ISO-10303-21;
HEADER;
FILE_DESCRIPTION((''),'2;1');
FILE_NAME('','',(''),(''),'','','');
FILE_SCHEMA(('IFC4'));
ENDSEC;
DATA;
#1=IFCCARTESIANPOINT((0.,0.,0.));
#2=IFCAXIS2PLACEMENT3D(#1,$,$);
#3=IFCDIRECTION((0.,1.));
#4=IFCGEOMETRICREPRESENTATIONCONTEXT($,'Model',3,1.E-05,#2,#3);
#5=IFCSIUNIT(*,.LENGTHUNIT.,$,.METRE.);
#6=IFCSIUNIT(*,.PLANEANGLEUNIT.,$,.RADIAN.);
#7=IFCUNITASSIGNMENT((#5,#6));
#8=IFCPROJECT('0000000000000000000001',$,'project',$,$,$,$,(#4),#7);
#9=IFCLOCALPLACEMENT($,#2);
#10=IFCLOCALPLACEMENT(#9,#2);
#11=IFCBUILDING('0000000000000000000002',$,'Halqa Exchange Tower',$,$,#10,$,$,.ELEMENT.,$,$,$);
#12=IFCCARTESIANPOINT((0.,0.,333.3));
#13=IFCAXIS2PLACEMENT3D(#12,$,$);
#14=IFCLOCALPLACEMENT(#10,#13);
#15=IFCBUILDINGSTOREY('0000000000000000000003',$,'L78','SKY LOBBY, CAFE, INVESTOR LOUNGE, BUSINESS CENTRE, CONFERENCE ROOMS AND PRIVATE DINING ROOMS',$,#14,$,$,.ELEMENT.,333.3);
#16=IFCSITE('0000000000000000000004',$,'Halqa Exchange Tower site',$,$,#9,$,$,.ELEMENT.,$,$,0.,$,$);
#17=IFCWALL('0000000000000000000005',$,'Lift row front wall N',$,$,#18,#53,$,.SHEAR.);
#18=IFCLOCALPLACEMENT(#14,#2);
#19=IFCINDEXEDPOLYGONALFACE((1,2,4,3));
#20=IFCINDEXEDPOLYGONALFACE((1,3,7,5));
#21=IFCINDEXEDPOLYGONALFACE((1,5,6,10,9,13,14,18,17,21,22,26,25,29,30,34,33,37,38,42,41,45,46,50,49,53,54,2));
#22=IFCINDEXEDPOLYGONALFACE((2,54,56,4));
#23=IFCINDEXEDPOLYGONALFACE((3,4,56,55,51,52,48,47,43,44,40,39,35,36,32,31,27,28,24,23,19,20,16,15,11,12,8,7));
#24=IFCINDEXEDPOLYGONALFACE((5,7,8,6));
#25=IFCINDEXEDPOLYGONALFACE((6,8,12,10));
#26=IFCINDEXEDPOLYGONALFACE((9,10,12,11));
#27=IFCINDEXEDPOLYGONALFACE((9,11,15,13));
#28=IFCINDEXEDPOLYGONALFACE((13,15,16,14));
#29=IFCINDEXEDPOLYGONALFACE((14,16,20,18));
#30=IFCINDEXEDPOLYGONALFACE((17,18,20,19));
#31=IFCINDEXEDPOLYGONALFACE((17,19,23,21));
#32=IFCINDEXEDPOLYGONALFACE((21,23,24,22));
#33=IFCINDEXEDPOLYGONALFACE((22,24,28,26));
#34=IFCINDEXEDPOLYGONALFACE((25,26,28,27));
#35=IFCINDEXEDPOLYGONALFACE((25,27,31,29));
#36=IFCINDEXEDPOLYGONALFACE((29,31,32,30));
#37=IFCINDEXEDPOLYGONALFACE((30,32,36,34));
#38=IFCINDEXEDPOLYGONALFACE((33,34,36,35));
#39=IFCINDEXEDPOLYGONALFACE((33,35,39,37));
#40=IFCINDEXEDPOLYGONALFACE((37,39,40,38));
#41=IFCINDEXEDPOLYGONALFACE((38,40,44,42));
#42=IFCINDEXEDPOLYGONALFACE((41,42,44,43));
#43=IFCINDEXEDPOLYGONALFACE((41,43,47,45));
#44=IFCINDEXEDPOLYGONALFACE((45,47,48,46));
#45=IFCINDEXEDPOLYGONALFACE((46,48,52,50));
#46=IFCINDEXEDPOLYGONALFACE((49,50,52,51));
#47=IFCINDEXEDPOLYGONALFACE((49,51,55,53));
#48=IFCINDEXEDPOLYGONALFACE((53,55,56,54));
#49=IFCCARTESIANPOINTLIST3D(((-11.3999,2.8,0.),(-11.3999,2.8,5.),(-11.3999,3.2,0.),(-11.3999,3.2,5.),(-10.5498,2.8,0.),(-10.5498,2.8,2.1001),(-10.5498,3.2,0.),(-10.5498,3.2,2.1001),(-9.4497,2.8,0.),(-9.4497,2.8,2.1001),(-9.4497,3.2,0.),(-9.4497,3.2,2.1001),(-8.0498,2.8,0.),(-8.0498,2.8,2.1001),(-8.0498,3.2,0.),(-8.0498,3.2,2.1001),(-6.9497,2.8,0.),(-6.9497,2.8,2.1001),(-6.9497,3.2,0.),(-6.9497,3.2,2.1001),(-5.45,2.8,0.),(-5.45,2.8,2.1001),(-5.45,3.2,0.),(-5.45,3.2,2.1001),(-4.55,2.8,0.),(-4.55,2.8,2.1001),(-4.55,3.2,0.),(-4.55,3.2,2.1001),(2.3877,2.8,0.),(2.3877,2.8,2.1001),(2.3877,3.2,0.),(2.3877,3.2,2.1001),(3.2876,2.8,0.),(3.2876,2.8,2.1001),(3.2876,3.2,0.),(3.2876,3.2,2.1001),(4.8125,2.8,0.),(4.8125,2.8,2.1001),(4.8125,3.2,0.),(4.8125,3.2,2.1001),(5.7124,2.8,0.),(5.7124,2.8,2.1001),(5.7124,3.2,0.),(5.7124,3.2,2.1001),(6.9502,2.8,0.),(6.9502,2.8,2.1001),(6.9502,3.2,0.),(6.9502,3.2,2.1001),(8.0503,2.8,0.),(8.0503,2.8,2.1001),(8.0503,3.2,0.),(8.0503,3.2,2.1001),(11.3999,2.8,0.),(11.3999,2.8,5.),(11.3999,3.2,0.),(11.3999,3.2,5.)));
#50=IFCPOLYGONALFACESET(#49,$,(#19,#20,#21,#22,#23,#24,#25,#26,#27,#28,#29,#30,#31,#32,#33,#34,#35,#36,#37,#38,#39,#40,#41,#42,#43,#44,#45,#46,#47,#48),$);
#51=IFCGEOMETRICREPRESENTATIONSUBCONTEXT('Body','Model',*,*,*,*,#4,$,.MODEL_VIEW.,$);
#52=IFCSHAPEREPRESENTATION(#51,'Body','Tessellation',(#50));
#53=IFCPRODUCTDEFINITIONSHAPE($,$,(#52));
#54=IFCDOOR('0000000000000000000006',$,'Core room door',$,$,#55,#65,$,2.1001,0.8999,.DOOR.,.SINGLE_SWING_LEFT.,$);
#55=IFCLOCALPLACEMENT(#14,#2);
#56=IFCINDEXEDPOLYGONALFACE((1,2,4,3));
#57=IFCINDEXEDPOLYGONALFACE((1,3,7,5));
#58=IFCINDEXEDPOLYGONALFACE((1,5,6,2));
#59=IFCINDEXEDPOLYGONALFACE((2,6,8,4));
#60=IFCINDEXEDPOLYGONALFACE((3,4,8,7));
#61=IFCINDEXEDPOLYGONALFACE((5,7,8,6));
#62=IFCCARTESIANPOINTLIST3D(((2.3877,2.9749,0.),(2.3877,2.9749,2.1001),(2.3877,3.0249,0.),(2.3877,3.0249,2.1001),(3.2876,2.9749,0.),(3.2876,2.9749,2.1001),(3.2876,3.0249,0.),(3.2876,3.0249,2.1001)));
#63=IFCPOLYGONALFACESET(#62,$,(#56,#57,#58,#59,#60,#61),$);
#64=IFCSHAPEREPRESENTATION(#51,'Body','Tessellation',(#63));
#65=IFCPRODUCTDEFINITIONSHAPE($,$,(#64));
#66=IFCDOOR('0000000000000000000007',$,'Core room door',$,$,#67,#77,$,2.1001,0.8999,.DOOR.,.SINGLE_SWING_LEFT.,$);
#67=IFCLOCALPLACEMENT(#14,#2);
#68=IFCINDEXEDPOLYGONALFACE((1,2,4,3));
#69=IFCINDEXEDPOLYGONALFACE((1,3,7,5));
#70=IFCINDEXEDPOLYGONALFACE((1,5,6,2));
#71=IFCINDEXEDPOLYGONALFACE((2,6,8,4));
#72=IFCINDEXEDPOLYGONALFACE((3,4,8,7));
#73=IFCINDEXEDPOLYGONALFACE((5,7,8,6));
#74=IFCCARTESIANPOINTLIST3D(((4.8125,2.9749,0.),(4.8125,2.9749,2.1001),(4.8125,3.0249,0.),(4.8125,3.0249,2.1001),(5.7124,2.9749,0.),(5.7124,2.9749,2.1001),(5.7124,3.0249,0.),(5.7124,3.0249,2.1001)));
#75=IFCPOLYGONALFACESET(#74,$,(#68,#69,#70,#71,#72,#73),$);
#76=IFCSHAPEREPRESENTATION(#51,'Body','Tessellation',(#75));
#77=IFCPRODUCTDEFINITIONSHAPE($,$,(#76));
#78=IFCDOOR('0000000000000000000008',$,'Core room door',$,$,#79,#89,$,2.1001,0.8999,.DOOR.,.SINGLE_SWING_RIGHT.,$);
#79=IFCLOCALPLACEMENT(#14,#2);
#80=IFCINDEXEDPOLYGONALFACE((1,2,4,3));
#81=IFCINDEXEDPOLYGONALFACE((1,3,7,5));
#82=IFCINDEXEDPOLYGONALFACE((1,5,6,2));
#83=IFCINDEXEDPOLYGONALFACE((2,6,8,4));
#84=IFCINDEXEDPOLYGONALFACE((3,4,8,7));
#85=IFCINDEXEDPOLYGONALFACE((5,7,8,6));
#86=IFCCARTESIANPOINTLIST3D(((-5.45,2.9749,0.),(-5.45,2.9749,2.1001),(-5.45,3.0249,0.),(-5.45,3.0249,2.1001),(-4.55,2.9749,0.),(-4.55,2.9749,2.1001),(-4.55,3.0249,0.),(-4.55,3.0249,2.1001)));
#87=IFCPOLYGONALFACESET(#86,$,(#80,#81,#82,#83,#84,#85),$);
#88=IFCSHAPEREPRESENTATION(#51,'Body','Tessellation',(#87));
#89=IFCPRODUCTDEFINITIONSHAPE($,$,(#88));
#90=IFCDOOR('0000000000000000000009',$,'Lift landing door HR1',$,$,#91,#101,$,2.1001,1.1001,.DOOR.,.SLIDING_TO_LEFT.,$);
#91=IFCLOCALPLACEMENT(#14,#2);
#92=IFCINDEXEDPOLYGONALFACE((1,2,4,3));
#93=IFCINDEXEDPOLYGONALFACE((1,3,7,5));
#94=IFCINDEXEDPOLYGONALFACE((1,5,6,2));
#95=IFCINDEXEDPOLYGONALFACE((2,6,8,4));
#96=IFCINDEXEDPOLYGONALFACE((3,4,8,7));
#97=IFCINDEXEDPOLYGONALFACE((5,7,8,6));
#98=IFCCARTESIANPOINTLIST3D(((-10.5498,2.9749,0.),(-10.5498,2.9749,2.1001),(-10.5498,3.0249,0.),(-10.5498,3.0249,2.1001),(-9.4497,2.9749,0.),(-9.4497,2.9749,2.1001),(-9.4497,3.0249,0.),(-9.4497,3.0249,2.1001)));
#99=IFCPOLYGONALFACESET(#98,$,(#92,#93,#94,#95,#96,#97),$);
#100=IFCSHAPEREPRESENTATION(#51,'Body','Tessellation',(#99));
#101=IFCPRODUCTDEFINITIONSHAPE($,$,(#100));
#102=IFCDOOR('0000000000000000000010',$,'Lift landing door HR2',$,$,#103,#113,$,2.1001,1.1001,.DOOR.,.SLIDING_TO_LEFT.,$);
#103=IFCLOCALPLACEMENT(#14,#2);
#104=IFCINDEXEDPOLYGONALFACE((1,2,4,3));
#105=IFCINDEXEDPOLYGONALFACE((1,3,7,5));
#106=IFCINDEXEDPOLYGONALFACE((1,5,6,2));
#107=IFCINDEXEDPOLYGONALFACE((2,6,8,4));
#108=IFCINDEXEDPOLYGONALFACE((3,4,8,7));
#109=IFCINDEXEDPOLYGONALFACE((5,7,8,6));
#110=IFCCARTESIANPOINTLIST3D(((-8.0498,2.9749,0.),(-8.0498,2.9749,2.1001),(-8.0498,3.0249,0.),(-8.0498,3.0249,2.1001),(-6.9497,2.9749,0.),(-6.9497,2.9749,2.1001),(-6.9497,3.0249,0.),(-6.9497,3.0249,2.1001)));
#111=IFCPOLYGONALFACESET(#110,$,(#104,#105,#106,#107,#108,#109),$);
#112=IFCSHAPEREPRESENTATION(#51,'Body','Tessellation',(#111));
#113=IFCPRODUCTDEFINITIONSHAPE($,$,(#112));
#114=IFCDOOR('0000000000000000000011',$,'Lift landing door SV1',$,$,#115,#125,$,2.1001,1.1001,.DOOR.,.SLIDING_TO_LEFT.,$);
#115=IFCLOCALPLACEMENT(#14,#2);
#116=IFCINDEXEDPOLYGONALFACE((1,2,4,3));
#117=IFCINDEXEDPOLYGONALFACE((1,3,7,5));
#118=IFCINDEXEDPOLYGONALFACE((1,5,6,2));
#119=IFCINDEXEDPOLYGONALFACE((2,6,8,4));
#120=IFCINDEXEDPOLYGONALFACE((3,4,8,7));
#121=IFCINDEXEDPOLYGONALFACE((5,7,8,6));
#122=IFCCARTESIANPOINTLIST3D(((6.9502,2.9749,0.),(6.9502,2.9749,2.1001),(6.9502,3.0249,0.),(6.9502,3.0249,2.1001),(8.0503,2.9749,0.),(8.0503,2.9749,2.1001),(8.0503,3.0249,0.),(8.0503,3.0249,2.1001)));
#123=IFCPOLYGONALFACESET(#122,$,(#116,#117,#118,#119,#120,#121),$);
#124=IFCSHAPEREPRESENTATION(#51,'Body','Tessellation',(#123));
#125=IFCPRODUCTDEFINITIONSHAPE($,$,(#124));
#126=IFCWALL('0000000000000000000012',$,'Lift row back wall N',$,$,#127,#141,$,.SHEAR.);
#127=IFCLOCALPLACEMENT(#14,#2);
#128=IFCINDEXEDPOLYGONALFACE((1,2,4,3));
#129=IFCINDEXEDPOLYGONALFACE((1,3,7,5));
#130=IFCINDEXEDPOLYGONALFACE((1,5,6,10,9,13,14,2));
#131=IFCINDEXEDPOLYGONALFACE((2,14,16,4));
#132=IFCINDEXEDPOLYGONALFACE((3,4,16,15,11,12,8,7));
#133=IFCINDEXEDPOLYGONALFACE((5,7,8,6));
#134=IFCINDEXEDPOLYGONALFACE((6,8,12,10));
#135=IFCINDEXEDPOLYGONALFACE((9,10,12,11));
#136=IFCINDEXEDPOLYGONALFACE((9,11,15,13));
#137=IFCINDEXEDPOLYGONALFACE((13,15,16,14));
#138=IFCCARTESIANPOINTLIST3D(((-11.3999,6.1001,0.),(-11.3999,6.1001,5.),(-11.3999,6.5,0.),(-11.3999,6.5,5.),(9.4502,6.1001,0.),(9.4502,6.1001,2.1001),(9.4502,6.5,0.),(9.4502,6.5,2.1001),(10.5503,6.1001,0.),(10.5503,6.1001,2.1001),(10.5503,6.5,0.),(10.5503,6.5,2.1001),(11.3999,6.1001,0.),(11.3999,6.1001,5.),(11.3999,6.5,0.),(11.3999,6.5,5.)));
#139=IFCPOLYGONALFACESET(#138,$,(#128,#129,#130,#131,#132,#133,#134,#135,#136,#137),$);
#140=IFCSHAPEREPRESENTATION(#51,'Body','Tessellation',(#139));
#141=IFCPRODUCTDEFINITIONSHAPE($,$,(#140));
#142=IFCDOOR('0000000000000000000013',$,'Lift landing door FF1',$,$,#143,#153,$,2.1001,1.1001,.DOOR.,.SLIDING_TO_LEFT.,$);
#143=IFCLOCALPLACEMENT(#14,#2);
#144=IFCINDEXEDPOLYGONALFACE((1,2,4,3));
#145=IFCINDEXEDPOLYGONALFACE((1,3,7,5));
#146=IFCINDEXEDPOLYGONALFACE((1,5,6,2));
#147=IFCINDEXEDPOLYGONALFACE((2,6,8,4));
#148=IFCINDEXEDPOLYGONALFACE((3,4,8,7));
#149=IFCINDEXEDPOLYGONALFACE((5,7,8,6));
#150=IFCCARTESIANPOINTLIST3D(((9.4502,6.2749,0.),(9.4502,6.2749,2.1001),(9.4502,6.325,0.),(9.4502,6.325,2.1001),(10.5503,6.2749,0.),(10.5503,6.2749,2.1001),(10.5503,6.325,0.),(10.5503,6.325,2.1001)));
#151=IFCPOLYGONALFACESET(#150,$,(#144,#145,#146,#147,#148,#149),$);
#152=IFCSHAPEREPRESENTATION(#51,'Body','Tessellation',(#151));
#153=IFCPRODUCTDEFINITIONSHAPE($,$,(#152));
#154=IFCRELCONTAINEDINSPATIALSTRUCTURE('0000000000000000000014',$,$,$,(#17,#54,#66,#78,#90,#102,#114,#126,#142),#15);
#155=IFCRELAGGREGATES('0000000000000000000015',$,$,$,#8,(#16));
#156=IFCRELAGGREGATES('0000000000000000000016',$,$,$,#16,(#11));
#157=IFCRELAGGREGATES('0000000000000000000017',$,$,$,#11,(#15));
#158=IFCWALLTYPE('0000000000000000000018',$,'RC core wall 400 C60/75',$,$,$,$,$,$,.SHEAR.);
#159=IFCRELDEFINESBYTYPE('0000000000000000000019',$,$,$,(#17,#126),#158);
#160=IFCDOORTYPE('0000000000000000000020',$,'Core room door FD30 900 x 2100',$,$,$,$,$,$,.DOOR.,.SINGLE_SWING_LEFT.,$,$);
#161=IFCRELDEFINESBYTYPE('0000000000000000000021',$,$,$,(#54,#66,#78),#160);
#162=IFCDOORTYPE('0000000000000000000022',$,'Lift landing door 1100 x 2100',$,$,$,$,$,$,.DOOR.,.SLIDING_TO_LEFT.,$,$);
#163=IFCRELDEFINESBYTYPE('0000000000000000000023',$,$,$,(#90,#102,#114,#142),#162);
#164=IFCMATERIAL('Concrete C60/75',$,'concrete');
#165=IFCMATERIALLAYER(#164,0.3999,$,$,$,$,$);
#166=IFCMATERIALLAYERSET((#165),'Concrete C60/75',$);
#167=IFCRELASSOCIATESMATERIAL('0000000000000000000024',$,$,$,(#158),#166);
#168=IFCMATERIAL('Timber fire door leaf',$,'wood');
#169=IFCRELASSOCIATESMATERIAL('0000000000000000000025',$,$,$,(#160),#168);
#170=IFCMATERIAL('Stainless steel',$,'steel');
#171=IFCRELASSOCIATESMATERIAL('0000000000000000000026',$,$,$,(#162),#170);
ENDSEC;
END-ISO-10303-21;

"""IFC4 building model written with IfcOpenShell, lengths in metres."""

from ifc_helpers import new_model, si_unit, direction, frame, frame_2d, origin, place, context, subcontext, project, spatial, rectangle, extrude, material, layer, layer_set, type_object, element, fill, save


model = new_model("IFC4")

# Units and contexts
model_context = context("Model", 3, precision=1e-05, world=origin(), true_north=direction((0.0, 1.0)))
body_context = subcontext(model_context, "Body", "Model", "MODEL_VIEW")
ifc_project = project(units=[si_unit("LENGTHUNIT", "METRE"), si_unit("PLANEANGLEUNIT", "RADIAN")], contexts=[model_context])

# Site, building, storey
site_placement = place(None, origin())
site = spatial("IfcSite", under=ifc_project, at=site_placement, Name="Halqa Exchange Tower site", CompositionType="ELEMENT", RefElevation=0.0)
building_placement = place(site_placement, origin())
building = spatial("IfcBuilding", under=site, at=building_placement, Name="Halqa Exchange Tower", CompositionType="ELEMENT")
storey_placement = place(building_placement, frame((0.0, 0.0, 333.3)))
storey = spatial("IfcBuildingStorey", under=building, at=storey_placement, Name="L78", Description="SKY LOBBY, CAFE, INVESTOR LOUNGE, BUSINESS CENTRE, CONFERENCE ROOMS AND PRIVATE DINING ROOMS", CompositionType="ELEMENT", Elevation=333.3)

# Shared definitions
ifc_material_1 = material(Name="Concrete C60/75", Category="concrete")

# Wall, openings, doors
ifc_layer_1 = layer(ifc_material_1, 0.3999)
ifc_layer_set_1 = layer_set([ifc_layer_1], Name="Concrete C60/75")
wall_type_1 = type_object("IfcWallType", Name="RC core wall 400 C60/75", PredefinedType="SHEAR", material=ifc_layer_set_1)
wall_1_placement = place(storey_placement, frame((-11.3999, 3.0, 0.0), z_axis=(0.0, 0.0, 1.0), x_axis=(1.0, 0.0, 0.0)))
wall_1 = element("IfcWall", 1, at=wall_1_placement, inside=storey, type_object=wall_type_1, Name="Lift row front wall N", PredefinedType="SHEAR", context=body_context, shape_type="SweptSolid", body=[
    extrude(rectangle(XDim=22.7998, YDim=0.3999, at=frame_2d((11.3999, 0.0))), origin(), (0.0, 0.0, 1.0), 5.0),
])
opening_1_placement = place(wall_1_placement, frame((0.8501, 0.0, 0.0)))
opening_1 = element("IfcOpeningElement", 2, at=opening_1_placement, cuts=wall_1, PredefinedType="OPENING", context=body_context, shape_type="SweptSolid", body=[
    extrude(rectangle(XDim=1.1001, YDim=2.1001, at=frame_2d((0.55, 1.05))), frame((0.0, 0.2119, 0.0), z_axis=(0.0, -1.0, 0.0), x_axis=(1.0, 0.0, 0.0)), (0.0, 0.0, 1.0), 0.4238),
])
opening_2_placement = place(wall_1_placement, frame((3.3501, 0.0, 0.0)))
opening_2 = element("IfcOpeningElement", 3, at=opening_2_placement, cuts=wall_1, PredefinedType="OPENING", context=body_context, shape_type="SweptSolid", body=[
    extrude(rectangle(XDim=1.1001, YDim=2.1001, at=frame_2d((0.55, 1.05))), frame((0.0, 0.2119, 0.0), z_axis=(0.0, -1.0, 0.0), x_axis=(1.0, 0.0, 0.0)), (0.0, 0.0, 1.0), 0.4238),
])
opening_3_placement = place(wall_1_placement, frame((18.3501, 0.0, 0.0)))
opening_3 = element("IfcOpeningElement", 4, at=opening_3_placement, cuts=wall_1, PredefinedType="OPENING", context=body_context, shape_type="SweptSolid", body=[
    extrude(rectangle(XDim=1.1001, YDim=2.1001, at=frame_2d((0.55, 1.05))), frame((0.0, 0.2119, 0.0), z_axis=(0.0, -1.0, 0.0), x_axis=(1.0, 0.0, 0.0)), (0.0, 0.0, 1.0), 0.4238),
])
opening_4_placement = place(wall_1_placement, frame((13.7876, 0.0, 0.0)))
opening_4 = element("IfcOpeningElement", 5, at=opening_4_placement, cuts=wall_1, PredefinedType="OPENING", context=body_context, shape_type="SweptSolid", body=[
    extrude(rectangle(XDim=0.8999, YDim=2.1001, at=frame_2d((0.45, 1.05))), frame((0.0, 0.2119, 0.0), z_axis=(0.0, -1.0, 0.0), x_axis=(1.0, 0.0, 0.0)), (0.0, 0.0, 1.0), 0.4238),
])
opening_5_placement = place(wall_1_placement, frame((16.2124, 0.0, 0.0)))
opening_5 = element("IfcOpeningElement", 6, at=opening_5_placement, cuts=wall_1, PredefinedType="OPENING", context=body_context, shape_type="SweptSolid", body=[
    extrude(rectangle(XDim=0.8999, YDim=2.1001, at=frame_2d((0.45, 1.05))), frame((0.0, 0.2119, 0.0), z_axis=(0.0, -1.0, 0.0), x_axis=(1.0, 0.0, 0.0)), (0.0, 0.0, 1.0), 0.4238),
])
opening_6_placement = place(wall_1_placement, frame((5.95, 0.0, 0.0)))
opening_6 = element("IfcOpeningElement", 7, at=opening_6_placement, cuts=wall_1, PredefinedType="OPENING", context=body_context, shape_type="SweptSolid", body=[
    extrude(rectangle(XDim=0.8999, YDim=2.1001, at=frame_2d((0.45, 1.05))), frame((0.0, 0.2119, 0.0), z_axis=(0.0, -1.0, 0.0), x_axis=(1.0, 0.0, 0.0)), (0.0, 0.0, 1.0), 0.4238),
])
ifc_material_2 = material(Name="Timber fire door leaf", Category="wood")
door_type_1 = type_object("IfcDoorType", Name="Core room door FD30 900 x 2100", OperationType="SINGLE_SWING_LEFT", PredefinedType="DOOR", material=ifc_material_2)
door_1_placement = place(opening_4_placement, origin())
door_1 = element("IfcDoor", 8, at=door_1_placement, inside=storey, type_object=door_type_1, Name="Core room door", OperationType="SINGLE_SWING_LEFT", OverallHeight=2.1001, OverallWidth=0.8999, PredefinedType="DOOR", context=body_context, shape_type="SweptSolid", body=[
    extrude(rectangle(XDim=0.8999, YDim=2.1001, at=frame_2d((0.45, 1.05))), frame((0.0, 0.0249, 0.0), z_axis=(0.0, -1.0, 0.0), x_axis=(1.0, 0.0, 0.0)), (0.0, 0.0, 1.0), 0.05),
])
fill(opening_4, door_1)
door_2_placement = place(opening_5_placement, origin())
door_2 = element("IfcDoor", 9, at=door_2_placement, inside=storey, type_object=door_type_1, Name="Core room door", OperationType="SINGLE_SWING_LEFT", OverallHeight=2.1001, OverallWidth=0.8999, PredefinedType="DOOR", context=body_context, shape_type="SweptSolid", body=[
    extrude(rectangle(XDim=0.8999, YDim=2.1001, at=frame_2d((0.45, 1.05))), frame((0.0, 0.0249, 0.0), z_axis=(0.0, -1.0, 0.0), x_axis=(1.0, 0.0, 0.0)), (0.0, 0.0, 1.0), 0.05),
])
fill(opening_5, door_2)
door_3_placement = place(opening_6_placement, origin())
door_3 = element("IfcDoor", 10, at=door_3_placement, inside=storey, type_object=door_type_1, Name="Core room door", OperationType="SINGLE_SWING_RIGHT", OverallHeight=2.1001, OverallWidth=0.8999, PredefinedType="DOOR", context=body_context, shape_type="SweptSolid", body=[
    extrude(rectangle(XDim=0.8999, YDim=2.1001, at=frame_2d((0.45, 1.05))), frame((0.0, 0.0249, 0.0), z_axis=(0.0, -1.0, 0.0), x_axis=(1.0, 0.0, 0.0)), (0.0, 0.0, 1.0), 0.05),
])
fill(opening_6, door_3)
ifc_material_3 = material(Name="Stainless steel", Category="steel")
door_type_2 = type_object("IfcDoorType", Name="Lift landing door 1100 x 2100", OperationType="SLIDING_TO_LEFT", PredefinedType="DOOR", material=ifc_material_3)
door_4_placement = place(opening_1_placement, origin())
door_4 = element("IfcDoor", 11, at=door_4_placement, inside=storey, type_object=door_type_2, Name="Lift landing door HR1", OperationType="SLIDING_TO_LEFT", OverallHeight=2.1001, OverallWidth=1.1001, PredefinedType="DOOR", context=body_context, shape_type="SweptSolid", body=[
    extrude(rectangle(XDim=1.1001, YDim=2.1001, at=frame_2d((0.55, 1.05))), frame((0.0, 0.0249, 0.0), z_axis=(0.0, -1.0, 0.0), x_axis=(1.0, 0.0, 0.0)), (0.0, 0.0, 1.0), 0.05),
])
fill(opening_1, door_4)
door_5_placement = place(opening_2_placement, origin())
door_5 = element("IfcDoor", 12, at=door_5_placement, inside=storey, type_object=door_type_2, Name="Lift landing door HR2", OperationType="SLIDING_TO_LEFT", OverallHeight=2.1001, OverallWidth=1.1001, PredefinedType="DOOR", context=body_context, shape_type="SweptSolid", body=[
    extrude(rectangle(XDim=1.1001, YDim=2.1001, at=frame_2d((0.55, 1.05))), frame((0.0, 0.0249, 0.0), z_axis=(0.0, -1.0, 0.0), x_axis=(1.0, 0.0, 0.0)), (0.0, 0.0, 1.0), 0.05),
])
fill(opening_2, door_5)
door_6_placement = place(opening_3_placement, origin())
door_6 = element("IfcDoor", 13, at=door_6_placement, inside=storey, type_object=door_type_2, Name="Lift landing door SV1", OperationType="SLIDING_TO_LEFT", OverallHeight=2.1001, OverallWidth=1.1001, PredefinedType="DOOR", context=body_context, shape_type="SweptSolid", body=[
    extrude(rectangle(XDim=1.1001, YDim=2.1001, at=frame_2d((0.55, 1.05))), frame((0.0, 0.0249, 0.0), z_axis=(0.0, -1.0, 0.0), x_axis=(1.0, 0.0, 0.0)), (0.0, 0.0, 1.0), 0.05),
])
fill(opening_3, door_6)

# Wall, opening, door
wall_2_placement = place(storey_placement, frame((-11.3999, 6.3, 0.0), z_axis=(0.0, 0.0, 1.0), x_axis=(1.0, 0.0, 0.0)))
wall_2 = element("IfcWall", 14, at=wall_2_placement, inside=storey, type_object=wall_type_1, Name="Lift row back wall N", PredefinedType="SHEAR", context=body_context, shape_type="SweptSolid", body=[
    extrude(rectangle(XDim=22.7998, YDim=0.3999, at=frame_2d((11.3999, 0.0))), origin(), (0.0, 0.0, 1.0), 5.0),
])
opening_7_placement = place(wall_2_placement, frame((20.8501, 0.0, 0.0)))
opening_7 = element("IfcOpeningElement", 15, at=opening_7_placement, cuts=wall_2, PredefinedType="OPENING", context=body_context, shape_type="SweptSolid", body=[
    extrude(rectangle(XDim=1.1001, YDim=2.1001, at=frame_2d((0.55, 1.05))), frame((0.0, 0.2119, 0.0), z_axis=(0.0, -1.0, 0.0), x_axis=(1.0, 0.0, 0.0)), (0.0, 0.0, 1.0), 0.4238),
])
door_7_placement = place(opening_7_placement, origin())
door_7 = element("IfcDoor", 16, at=door_7_placement, inside=storey, type_object=door_type_2, Name="Lift landing door FF1", OperationType="SLIDING_TO_LEFT", OverallHeight=2.1001, OverallWidth=1.1001, PredefinedType="DOOR", context=body_context, shape_type="SweptSolid", body=[
    extrude(rectangle(XDim=1.1001, YDim=2.1001, at=frame_2d((0.55, 1.05))), frame((0.0, 0.0249, 0.0), z_axis=(0.0, -1.0, 0.0), x_axis=(1.0, 0.0, 0.0)), (0.0, 0.0, 1.0), 0.05),
])
fill(opening_7, door_7)

save(model, "model.ifc")
